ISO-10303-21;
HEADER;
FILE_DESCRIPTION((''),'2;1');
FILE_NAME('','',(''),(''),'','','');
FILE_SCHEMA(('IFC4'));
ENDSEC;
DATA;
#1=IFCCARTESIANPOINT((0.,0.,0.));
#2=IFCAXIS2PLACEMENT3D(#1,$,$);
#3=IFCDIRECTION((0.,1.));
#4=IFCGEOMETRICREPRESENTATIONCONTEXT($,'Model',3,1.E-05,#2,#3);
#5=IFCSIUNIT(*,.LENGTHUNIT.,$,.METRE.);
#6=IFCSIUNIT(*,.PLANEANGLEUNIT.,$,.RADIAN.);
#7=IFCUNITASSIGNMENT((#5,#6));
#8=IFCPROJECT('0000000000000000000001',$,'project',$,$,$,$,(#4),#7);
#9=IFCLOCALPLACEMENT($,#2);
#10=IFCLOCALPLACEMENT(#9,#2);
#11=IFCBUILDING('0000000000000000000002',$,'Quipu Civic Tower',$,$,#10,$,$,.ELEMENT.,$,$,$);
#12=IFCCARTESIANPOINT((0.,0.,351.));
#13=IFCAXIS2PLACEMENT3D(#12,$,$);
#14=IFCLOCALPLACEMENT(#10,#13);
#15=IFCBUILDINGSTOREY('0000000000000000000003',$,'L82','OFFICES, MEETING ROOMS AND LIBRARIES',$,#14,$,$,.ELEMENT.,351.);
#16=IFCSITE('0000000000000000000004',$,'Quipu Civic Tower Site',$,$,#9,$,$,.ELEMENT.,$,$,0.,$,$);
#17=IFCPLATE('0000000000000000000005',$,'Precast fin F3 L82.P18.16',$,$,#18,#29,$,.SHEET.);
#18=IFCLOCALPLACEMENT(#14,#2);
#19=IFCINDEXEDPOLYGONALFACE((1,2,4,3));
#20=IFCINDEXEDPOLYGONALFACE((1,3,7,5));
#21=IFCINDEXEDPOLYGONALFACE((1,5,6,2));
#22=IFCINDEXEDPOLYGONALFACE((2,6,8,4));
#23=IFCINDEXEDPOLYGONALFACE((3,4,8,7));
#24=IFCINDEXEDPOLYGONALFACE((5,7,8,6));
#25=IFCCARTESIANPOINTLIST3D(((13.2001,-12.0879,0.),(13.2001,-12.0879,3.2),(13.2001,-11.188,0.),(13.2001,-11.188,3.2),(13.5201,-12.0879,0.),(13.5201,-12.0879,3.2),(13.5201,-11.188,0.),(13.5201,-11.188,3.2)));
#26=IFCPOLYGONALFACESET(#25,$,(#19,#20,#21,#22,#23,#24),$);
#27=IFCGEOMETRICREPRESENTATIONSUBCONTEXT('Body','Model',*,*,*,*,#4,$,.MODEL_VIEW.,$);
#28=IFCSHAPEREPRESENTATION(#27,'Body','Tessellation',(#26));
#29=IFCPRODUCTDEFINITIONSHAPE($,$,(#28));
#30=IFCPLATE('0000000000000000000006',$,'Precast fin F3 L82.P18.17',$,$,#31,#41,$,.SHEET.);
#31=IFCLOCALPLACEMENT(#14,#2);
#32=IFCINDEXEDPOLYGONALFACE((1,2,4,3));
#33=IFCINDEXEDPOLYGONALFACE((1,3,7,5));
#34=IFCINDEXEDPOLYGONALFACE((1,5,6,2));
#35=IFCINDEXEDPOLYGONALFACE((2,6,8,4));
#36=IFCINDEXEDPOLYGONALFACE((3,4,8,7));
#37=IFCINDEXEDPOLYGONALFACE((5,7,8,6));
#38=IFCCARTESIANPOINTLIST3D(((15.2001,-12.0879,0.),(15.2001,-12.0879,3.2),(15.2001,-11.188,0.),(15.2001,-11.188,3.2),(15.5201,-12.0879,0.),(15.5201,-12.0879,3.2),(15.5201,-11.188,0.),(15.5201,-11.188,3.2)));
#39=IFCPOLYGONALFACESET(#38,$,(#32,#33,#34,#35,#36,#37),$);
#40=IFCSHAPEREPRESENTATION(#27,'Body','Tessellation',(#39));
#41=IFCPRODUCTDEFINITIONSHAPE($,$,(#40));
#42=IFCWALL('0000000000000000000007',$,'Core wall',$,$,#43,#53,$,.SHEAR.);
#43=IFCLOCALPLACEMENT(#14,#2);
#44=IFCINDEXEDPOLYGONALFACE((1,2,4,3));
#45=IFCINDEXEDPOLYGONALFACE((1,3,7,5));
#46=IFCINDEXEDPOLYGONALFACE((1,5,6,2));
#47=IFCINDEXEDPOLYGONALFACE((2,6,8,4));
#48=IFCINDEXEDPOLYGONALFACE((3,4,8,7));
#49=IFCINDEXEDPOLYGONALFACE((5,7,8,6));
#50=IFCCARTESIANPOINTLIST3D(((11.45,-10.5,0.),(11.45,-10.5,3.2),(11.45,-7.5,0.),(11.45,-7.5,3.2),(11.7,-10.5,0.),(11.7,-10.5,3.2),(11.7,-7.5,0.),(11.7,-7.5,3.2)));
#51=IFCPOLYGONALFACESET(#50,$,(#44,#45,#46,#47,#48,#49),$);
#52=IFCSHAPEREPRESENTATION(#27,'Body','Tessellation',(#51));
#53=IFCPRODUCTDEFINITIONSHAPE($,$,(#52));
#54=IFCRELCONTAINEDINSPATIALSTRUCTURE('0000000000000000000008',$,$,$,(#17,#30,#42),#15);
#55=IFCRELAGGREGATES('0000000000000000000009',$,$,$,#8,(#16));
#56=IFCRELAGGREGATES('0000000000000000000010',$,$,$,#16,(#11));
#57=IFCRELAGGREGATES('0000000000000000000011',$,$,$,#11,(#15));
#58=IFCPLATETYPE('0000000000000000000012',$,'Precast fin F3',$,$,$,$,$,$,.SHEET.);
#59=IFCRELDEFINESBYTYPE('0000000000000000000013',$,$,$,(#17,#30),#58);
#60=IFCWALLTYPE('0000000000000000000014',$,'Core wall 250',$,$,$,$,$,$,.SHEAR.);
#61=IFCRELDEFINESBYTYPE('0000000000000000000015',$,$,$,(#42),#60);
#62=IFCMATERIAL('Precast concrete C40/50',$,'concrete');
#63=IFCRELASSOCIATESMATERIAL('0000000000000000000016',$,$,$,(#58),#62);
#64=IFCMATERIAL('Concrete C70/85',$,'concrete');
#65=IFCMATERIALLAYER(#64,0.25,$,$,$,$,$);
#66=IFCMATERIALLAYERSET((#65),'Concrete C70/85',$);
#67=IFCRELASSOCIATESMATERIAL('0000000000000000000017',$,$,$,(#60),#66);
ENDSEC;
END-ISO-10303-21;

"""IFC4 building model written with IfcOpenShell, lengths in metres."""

from ifc_helpers import new_model, si_unit, direction, frame, frame_2d, origin, origin_2d, place, context, subcontext, project, spatial, rectangle, extrude, material, layer, layer_set, type_object, element, save


model = new_model("IFC4")

# Units and contexts
model_context = context("Model", 3, precision=1e-05, world=origin(), true_north=direction((0.0, 1.0)))
body_context = subcontext(model_context, "Body", "Model", "MODEL_VIEW")
ifc_project = project(units=[si_unit("LENGTHUNIT", "METRE"), si_unit("PLANEANGLEUNIT", "RADIAN")], contexts=[model_context])

# Site, building, storey
site_placement = place(None, origin())
site = spatial("IfcSite", under=ifc_project, at=site_placement, Name="Quipu Civic Tower Site", CompositionType="ELEMENT", RefElevation=0.0)
building_placement = place(site_placement, origin())
building = spatial("IfcBuilding", under=site, at=building_placement, Name="Quipu Civic Tower", CompositionType="ELEMENT")
storey_placement = place(building_placement, frame((0.0, 0.0, 351.0)))
storey = spatial("IfcBuildingStorey", under=building, at=storey_placement, Name="L82", Description="OFFICES, MEETING ROOMS AND LIBRARIES", CompositionType="ELEMENT", Elevation=351.0)

# Plates
ifc_material_1 = material(Name="Precast concrete C40/50", Category="concrete")
plate_type = type_object("IfcPlateType", Name="Precast fin F3", PredefinedType="SHEET", material=ifc_material_1)
for number, where, z_axis, x_axis, name in (
    (1, (13.3601, -11.6379, 0.0), (0.0, 0.0, 1.0), (1.0, 0.0, 0.0), "Precast fin F3 L82.P18.16"),
    (2, (15.3601, -11.6379, 0.0), (0.0, 0.0, 1.0), (1.0, 0.0, 0.0), "Precast fin F3 L82.P18.17"),
):
    element("IfcPlate", number, at=place(storey_placement, frame(where, z_axis=z_axis, x_axis=x_axis)), inside=storey, type_object=plate_type, Name=name, PredefinedType="SHEET", context=body_context, shape_type="SweptSolid", body=[
        extrude(rectangle(XDim=0.3201, YDim=0.8999, at=origin_2d()), origin(), (0.0, 0.0, 1.0), 3.2),
    ])

# Wall
ifc_material_2 = material(Name="Concrete C70/85", Category="concrete")
ifc_layer_1 = layer(ifc_material_2, 0.25)
ifc_layer_set_1 = layer_set([ifc_layer_1], Name="Concrete C70/85")
wall_type_1 = type_object("IfcWallType", Name="Core wall 250", PredefinedType="SHEAR", material=ifc_layer_set_1)
wall_1_placement = place(storey_placement, frame((11.575, -10.5, 0.0), z_axis=(0.0, 0.0, 1.0), x_axis=(0.0, 1.0, 0.0)))
element("IfcWall", 3, at=wall_1_placement, inside=storey, type_object=wall_type_1, Name="Core wall", PredefinedType="SHEAR", context=body_context, shape_type="SweptSolid", body=[
    extrude(rectangle(XDim=3.0, YDim=0.25, at=frame_2d((1.5, 0.0))), origin(), (0.0, 0.0, 1.0), 3.2),
])

save(model, "model.ifc")
